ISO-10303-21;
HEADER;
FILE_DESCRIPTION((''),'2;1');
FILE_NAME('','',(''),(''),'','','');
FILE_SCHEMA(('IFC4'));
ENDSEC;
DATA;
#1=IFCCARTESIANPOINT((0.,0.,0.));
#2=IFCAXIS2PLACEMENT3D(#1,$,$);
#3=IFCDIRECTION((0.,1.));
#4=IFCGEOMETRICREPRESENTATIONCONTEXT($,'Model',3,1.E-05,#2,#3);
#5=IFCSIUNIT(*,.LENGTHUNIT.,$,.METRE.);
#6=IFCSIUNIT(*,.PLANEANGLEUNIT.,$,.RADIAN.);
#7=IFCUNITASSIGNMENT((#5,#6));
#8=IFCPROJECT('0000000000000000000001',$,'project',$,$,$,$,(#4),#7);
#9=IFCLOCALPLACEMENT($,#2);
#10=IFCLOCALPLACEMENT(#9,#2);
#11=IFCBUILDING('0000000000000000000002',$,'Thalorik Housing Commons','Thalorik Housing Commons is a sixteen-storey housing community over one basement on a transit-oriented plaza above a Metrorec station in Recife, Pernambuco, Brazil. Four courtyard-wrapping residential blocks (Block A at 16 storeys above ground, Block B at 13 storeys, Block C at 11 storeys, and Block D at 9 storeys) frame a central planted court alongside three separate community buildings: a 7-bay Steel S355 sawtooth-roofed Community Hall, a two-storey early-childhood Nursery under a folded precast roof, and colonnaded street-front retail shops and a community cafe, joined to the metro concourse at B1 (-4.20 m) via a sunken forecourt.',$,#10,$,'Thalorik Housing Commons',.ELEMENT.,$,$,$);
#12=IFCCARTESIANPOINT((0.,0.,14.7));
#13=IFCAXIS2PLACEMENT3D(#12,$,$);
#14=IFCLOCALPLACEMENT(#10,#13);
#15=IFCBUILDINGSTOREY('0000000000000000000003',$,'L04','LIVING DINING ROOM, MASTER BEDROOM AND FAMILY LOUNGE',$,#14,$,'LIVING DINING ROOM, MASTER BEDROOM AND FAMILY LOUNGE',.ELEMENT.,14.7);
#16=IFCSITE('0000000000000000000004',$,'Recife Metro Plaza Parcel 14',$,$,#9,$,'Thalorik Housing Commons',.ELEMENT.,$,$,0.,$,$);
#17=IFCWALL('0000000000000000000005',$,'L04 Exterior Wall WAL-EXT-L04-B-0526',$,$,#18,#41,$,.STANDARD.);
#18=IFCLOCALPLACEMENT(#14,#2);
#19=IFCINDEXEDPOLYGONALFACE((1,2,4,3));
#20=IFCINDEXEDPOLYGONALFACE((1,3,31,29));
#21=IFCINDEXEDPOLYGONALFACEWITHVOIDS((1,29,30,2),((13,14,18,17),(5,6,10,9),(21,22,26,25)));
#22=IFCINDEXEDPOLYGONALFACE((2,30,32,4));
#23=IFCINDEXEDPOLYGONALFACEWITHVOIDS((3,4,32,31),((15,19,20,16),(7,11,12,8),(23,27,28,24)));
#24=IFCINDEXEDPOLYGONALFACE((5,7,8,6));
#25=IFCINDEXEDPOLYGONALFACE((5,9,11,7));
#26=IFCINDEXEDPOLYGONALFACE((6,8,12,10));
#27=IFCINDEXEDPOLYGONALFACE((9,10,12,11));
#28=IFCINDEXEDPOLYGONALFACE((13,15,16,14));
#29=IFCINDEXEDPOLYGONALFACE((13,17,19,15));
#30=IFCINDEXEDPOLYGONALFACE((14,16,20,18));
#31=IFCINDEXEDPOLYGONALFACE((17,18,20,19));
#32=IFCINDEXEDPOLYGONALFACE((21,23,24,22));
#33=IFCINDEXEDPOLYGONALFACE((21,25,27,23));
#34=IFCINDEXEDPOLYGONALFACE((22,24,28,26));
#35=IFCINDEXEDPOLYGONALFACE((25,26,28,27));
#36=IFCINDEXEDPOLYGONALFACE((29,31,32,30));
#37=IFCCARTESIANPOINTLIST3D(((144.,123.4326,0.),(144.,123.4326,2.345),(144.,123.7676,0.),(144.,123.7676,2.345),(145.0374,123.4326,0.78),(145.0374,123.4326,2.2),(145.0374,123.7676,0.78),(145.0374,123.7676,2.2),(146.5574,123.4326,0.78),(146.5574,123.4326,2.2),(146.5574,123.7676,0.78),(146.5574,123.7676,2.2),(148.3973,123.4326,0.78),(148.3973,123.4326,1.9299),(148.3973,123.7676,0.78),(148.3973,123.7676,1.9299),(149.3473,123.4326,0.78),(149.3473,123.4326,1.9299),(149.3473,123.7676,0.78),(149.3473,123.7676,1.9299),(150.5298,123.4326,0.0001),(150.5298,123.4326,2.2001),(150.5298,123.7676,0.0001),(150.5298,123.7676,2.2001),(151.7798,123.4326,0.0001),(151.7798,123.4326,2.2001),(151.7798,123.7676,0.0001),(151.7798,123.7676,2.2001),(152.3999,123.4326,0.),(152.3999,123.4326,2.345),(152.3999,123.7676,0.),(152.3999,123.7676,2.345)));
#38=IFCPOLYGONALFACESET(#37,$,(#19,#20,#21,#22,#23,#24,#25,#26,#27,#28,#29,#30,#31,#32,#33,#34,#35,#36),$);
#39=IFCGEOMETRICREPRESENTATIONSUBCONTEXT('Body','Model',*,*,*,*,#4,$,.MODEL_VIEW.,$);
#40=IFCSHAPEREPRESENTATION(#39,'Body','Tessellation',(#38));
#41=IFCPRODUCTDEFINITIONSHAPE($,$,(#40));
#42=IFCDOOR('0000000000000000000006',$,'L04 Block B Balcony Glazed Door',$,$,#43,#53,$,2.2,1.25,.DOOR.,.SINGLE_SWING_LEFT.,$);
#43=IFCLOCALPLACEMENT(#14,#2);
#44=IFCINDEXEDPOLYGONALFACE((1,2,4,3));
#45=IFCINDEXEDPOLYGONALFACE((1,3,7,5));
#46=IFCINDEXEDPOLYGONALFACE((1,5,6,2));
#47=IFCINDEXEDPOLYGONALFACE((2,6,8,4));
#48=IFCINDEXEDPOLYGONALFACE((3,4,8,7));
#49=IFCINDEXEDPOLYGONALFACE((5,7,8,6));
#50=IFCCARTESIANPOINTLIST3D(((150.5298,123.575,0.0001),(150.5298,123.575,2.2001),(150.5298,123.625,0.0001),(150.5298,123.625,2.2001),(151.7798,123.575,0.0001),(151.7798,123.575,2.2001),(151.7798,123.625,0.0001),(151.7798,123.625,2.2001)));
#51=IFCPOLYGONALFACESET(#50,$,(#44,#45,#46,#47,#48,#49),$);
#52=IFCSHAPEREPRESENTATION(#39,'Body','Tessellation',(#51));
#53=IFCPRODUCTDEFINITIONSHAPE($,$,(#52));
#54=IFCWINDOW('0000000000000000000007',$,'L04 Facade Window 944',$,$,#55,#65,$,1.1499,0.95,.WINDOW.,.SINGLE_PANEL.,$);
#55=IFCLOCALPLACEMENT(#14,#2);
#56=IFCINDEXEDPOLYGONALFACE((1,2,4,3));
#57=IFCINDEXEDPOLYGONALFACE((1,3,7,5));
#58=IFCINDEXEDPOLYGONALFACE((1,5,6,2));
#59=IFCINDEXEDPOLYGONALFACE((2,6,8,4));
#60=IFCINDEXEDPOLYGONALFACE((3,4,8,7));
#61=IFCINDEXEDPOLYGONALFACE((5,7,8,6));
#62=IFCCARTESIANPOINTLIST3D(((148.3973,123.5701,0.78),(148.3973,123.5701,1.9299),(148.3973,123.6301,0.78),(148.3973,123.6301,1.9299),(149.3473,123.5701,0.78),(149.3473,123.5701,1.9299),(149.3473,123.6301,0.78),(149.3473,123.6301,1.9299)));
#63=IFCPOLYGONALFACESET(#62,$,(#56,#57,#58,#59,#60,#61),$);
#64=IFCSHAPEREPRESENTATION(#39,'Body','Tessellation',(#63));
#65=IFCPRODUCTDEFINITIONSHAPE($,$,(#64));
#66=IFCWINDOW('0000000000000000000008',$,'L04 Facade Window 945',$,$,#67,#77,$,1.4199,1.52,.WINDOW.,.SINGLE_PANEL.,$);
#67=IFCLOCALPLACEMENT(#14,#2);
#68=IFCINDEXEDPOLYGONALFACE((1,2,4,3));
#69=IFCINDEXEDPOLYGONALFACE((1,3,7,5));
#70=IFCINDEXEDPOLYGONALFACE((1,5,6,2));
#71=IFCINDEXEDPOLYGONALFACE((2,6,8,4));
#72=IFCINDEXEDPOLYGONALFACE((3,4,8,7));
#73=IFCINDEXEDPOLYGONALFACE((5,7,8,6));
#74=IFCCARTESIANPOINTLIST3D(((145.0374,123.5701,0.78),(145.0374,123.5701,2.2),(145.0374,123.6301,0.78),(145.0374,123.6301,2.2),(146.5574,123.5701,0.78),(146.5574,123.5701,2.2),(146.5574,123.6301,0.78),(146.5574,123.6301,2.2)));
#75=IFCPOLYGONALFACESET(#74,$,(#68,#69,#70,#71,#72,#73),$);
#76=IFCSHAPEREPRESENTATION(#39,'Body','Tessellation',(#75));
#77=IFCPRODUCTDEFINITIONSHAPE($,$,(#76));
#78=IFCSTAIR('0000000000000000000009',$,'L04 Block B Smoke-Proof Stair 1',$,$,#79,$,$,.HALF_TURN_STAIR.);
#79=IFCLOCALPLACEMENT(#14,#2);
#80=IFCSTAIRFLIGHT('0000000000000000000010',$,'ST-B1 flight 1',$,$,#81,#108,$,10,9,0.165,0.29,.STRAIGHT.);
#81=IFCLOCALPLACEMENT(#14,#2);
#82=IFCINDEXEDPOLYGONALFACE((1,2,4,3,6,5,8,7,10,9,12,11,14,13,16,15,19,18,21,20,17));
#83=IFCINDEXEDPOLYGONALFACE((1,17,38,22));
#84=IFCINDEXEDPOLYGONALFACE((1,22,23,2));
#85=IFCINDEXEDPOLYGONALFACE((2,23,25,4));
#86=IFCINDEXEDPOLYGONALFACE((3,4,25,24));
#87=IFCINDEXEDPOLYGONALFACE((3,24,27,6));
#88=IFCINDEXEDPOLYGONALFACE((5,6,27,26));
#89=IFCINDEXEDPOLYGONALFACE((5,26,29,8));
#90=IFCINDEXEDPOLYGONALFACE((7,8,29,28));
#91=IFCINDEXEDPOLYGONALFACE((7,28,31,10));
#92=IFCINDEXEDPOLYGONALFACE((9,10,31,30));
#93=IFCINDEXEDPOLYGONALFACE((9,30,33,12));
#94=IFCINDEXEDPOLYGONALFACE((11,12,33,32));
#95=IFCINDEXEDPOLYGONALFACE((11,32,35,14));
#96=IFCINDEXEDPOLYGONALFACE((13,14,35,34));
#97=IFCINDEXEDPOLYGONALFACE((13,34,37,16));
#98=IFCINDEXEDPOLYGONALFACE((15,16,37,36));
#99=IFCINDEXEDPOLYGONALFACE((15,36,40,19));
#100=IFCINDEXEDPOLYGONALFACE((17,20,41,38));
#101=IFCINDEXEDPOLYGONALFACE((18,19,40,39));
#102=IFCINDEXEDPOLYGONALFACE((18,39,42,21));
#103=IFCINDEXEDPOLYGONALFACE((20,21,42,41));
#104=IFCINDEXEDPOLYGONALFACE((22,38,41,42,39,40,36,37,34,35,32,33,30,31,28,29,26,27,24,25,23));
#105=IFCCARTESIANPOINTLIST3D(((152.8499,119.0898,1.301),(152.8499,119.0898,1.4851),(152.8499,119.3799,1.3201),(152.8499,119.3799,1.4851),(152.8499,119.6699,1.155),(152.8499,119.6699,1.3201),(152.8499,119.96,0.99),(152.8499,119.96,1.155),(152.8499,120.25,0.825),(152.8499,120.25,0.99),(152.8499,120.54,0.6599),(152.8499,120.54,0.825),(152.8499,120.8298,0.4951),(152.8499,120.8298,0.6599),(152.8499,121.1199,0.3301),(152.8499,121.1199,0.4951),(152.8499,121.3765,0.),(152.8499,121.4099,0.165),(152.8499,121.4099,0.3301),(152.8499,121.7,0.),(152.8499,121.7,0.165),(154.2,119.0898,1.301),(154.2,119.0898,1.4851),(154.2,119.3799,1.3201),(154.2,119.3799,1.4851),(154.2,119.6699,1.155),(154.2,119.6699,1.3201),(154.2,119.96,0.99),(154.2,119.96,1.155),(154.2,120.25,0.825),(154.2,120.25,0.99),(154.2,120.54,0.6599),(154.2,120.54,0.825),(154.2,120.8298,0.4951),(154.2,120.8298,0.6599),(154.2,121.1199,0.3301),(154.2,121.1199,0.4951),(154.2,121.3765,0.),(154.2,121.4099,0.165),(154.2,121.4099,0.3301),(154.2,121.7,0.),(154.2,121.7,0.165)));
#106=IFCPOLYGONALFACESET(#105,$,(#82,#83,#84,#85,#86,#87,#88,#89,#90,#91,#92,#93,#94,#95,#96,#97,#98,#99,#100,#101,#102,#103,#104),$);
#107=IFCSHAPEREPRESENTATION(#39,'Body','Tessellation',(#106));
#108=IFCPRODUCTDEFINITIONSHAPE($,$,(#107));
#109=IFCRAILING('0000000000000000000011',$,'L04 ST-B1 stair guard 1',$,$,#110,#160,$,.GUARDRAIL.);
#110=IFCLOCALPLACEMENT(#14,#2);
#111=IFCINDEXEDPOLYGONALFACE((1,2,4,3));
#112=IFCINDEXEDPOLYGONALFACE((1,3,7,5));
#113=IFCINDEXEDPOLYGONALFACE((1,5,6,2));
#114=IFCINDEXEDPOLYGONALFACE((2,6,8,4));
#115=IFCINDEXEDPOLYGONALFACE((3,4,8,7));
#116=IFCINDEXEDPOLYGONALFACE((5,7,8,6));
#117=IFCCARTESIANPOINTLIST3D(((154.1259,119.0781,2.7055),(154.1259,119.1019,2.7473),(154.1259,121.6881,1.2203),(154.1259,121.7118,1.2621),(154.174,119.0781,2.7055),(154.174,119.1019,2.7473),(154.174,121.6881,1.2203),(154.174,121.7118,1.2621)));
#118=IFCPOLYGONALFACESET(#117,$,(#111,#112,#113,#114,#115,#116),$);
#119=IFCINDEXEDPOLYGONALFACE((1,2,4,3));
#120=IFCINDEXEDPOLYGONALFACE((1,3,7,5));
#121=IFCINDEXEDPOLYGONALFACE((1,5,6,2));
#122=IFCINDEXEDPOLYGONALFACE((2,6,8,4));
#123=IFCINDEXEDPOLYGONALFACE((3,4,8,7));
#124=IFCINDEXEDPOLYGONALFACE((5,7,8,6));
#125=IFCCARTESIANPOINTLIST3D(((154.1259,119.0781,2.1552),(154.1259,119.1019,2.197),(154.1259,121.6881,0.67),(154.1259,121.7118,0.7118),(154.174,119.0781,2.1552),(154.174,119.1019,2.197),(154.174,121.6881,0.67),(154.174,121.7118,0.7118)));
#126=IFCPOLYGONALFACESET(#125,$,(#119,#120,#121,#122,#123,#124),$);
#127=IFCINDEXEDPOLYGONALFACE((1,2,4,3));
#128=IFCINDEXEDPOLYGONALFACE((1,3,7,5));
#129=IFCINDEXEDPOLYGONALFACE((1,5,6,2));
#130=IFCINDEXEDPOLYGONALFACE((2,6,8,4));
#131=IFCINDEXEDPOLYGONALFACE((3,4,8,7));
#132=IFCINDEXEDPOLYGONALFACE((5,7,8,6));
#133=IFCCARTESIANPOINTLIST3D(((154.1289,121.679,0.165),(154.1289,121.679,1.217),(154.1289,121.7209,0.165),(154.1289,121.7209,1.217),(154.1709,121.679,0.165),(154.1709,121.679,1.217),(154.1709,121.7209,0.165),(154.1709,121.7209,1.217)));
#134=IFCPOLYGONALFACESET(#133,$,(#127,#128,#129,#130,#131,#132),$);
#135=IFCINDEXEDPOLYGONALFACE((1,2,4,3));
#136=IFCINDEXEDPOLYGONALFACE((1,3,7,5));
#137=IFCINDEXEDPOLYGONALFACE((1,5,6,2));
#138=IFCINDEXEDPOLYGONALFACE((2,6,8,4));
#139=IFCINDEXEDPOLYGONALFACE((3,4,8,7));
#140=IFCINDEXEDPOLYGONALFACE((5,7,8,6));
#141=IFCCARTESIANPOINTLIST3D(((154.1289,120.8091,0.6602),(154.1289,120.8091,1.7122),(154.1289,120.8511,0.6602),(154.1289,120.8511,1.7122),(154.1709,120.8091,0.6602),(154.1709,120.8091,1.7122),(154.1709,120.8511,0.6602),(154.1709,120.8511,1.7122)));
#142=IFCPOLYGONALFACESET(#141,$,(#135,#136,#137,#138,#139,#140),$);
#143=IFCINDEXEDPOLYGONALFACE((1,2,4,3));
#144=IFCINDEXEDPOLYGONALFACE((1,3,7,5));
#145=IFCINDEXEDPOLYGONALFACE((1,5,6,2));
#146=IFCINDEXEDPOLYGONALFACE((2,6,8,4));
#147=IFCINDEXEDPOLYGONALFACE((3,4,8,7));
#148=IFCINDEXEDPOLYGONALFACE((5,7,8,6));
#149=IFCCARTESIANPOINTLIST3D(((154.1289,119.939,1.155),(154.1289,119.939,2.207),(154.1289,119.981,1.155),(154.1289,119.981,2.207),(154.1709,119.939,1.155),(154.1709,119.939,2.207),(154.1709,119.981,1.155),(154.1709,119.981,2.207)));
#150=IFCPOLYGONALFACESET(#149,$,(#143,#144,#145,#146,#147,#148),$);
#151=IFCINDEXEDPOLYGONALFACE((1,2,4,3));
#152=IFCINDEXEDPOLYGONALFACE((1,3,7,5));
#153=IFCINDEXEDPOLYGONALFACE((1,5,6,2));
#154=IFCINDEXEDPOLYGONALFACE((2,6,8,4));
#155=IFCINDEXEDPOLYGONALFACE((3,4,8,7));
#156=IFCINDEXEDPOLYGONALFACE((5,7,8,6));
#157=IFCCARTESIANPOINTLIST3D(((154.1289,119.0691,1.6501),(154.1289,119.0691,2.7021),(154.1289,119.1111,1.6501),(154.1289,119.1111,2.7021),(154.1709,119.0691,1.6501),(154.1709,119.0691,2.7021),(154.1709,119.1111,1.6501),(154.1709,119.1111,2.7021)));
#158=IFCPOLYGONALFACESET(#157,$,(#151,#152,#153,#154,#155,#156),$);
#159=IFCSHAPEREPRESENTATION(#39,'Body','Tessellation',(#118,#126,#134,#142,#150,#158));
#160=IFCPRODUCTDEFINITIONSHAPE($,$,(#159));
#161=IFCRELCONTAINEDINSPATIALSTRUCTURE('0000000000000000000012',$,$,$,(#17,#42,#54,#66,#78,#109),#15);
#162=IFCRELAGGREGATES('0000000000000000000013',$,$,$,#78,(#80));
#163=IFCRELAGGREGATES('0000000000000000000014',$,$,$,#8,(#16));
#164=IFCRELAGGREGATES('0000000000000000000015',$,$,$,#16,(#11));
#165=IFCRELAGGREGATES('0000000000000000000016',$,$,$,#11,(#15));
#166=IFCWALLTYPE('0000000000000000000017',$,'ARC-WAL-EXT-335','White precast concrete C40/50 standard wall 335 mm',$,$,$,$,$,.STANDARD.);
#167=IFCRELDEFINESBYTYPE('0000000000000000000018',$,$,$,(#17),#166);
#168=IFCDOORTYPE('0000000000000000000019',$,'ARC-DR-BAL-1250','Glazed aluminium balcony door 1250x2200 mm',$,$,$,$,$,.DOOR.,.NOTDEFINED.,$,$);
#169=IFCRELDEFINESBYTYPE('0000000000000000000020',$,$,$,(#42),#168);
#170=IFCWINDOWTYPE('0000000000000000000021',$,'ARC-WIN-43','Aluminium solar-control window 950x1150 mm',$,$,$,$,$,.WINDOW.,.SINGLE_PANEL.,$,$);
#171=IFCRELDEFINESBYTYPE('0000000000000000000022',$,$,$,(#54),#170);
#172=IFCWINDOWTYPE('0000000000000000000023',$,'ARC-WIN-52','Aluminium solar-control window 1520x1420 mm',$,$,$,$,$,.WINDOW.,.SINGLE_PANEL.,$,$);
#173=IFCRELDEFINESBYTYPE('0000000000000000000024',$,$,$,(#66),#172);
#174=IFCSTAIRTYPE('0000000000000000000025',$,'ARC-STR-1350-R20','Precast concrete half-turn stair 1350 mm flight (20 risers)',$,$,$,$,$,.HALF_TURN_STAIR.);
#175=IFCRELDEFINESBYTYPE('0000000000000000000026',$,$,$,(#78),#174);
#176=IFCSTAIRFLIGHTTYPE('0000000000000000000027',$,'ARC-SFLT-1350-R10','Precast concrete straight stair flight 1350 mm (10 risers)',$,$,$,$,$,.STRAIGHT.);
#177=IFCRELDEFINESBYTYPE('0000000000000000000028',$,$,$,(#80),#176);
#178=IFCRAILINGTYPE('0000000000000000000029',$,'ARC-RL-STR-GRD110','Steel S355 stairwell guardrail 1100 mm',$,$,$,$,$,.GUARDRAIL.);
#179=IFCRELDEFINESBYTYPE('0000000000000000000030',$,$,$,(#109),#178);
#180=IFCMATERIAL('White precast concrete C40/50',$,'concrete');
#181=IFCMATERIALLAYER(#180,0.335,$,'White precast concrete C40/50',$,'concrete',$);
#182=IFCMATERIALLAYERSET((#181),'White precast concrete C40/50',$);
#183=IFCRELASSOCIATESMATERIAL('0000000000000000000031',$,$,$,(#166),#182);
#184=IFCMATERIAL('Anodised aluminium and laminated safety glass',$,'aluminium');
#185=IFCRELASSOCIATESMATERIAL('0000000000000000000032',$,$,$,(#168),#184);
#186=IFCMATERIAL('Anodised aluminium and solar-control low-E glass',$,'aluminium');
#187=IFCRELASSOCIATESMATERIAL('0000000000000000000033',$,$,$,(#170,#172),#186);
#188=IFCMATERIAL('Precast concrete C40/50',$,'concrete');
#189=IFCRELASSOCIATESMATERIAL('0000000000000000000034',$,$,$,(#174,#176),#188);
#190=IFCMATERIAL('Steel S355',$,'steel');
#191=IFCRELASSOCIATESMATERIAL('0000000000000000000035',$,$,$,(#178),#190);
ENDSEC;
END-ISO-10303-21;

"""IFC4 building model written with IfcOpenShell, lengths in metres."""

from ifc_helpers import new_model, si_unit, direction, frame, frame_2d, origin, origin_2d, place, context, subcontext, project, spatial, polyline, rectangle, outline, extrude, material, layer, layer_set, type_object, element, fill, aggregate, save


model = new_model("IFC4")

# Units and contexts
model_context = context("Model", 3, precision=1e-05, world=origin(), true_north=direction((0.0, 1.0)))
body_context = subcontext(model_context, "Body", "Model", "MODEL_VIEW")
ifc_project = project(units=[si_unit("LENGTHUNIT", "METRE"), si_unit("PLANEANGLEUNIT", "RADIAN")], contexts=[model_context])

# Site, building, storey
site_placement = place(None, origin())
site = spatial("IfcSite", under=ifc_project, at=site_placement, Name="Recife Metro Plaza Parcel 14", LongName="Thalorik Housing Commons", CompositionType="ELEMENT", RefElevation=0.0)
building_placement = place(site_placement, origin())
building = spatial("IfcBuilding", under=site, at=building_placement, Name="Thalorik Housing Commons", Description="Thalorik Housing Commons is a sixteen-storey housing community over one basement on a transit-oriented plaza above a Metrorec station in Recife, Pernambuco, Brazil. Four courtyard-wrapping residential blocks (Block A at 16 storeys above ground, Block B at 13 storeys, Block C at 11 storeys, and Block D at 9 storeys) frame a central planted court alongside three separate community buildings: a 7-bay Steel S355 sawtooth-roofed Community Hall, a two-storey early-childhood Nursery under a folded precast roof, and colonnaded street-front retail shops and a community cafe, joined to the metro concourse at B1 (-4.20 m) via a sunken forecourt.", LongName="Thalorik Housing Commons", CompositionType="ELEMENT")
storey_placement = place(building_placement, frame((0.0, 0.0, 14.7)))
storey = spatial("IfcBuildingStorey", under=building, at=storey_placement, Name="L04", Description="LIVING DINING ROOM, MASTER BEDROOM AND FAMILY LOUNGE", LongName="LIVING DINING ROOM, MASTER BEDROOM AND FAMILY LOUNGE", CompositionType="ELEMENT", Elevation=14.7)

# Shared definitions
ifc_material_1 = material(Name="Precast concrete C40/50", Category="concrete")

# Shared definitions
ifc_material_2 = material(Name="Anodised aluminium and solar-control low-E glass", Category="aluminium")

# Shared definitions
ifc_material_3 = material(Name="Steel S355", Category="steel")

# Shared definitions
ifc_material_4 = material(Name="White precast concrete C40/50", Category="concrete")
ifc_layer_1 = layer(ifc_material_4, 0.335, Name="White precast concrete C40/50", Category="concrete")
ifc_layer_set_1 = layer_set([ifc_layer_1], Name="White precast concrete C40/50")
wall_type_1 = type_object("IfcWallType", Name="ARC-WAL-EXT-335", Description="White precast concrete C40/50 standard wall 335 mm", PredefinedType="STANDARD", material=ifc_layer_set_1)

# Wall, openings, door, windows
wall_1_placement = place(storey_placement, frame((152.3999, 123.6001, 0.0), z_axis=(0.0, 0.0, 1.0), x_axis=(-1.0, 0.0, 0.0)))
wall_1 = element("IfcWall", 1, at=wall_1_placement, inside=storey, type_object=wall_type_1, Name="L04 Exterior Wall WAL-EXT-L04-B-0526", PredefinedType="STANDARD", context=body_context, shape_type="SweptSolid", body=[
    extrude(rectangle(XDim=8.3999, YDim=0.335, at=frame_2d((4.2, 0.0))), origin(), (0.0, 0.0, 1.0), 2.345),
])
opening_1_placement = place(wall_1_placement, frame((0.6201, 0.0, 0.0)))
opening_1 = element("IfcOpeningElement", 2, at=opening_1_placement, cuts=wall_1, PredefinedType="OPENING", context=body_context, shape_type="SweptSolid", body=[
    extrude(rectangle(XDim=1.25, YDim=2.2, at=frame_2d((0.625, 1.1001))), frame((0.0, 0.1775, 0.0), z_axis=(0.0, -1.0, 0.0), x_axis=(1.0, 0.0, 0.0)), (0.0, 0.0, 1.0), 0.355),
])
opening_2_placement = place(wall_1_placement, frame((3.0525, 0.0, 0.78)))
opening_2 = element("IfcOpeningElement", 3, at=opening_2_placement, cuts=wall_1, PredefinedType="OPENING", context=body_context, shape_type="SweptSolid", body=[
    extrude(rectangle(XDim=0.95, YDim=1.1499, at=frame_2d((0.4751, 0.575))), frame((0.0, 0.1775, 0.0), z_axis=(0.0, -1.0, 0.0), x_axis=(1.0, 0.0, 0.0)), (0.0, 0.0, 1.0), 0.355),
])
opening_3_placement = place(wall_1_placement, frame((5.8425, 0.0, 0.78)))
opening_3 = element("IfcOpeningElement", 4, at=opening_3_placement, cuts=wall_1, PredefinedType="OPENING", context=body_context, shape_type="SweptSolid", body=[
    extrude(rectangle(XDim=1.52, YDim=1.4199, at=frame_2d((0.76, 0.71))), frame((0.0, 0.1775, 0.0), z_axis=(0.0, -1.0, 0.0), x_axis=(1.0, 0.0, 0.0)), (0.0, 0.0, 1.0), 0.355),
])
ifc_material_5 = material(Name="Anodised aluminium and laminated safety glass", Category="aluminium")
door_type_1 = type_object("IfcDoorType", Name="ARC-DR-BAL-1250", Description="Glazed aluminium balcony door 1250x2200 mm", OperationType="NOTDEFINED", PredefinedType="DOOR", material=ifc_material_5)
door_1_placement = place(opening_1_placement, frame((1.25, 0.0, 0.0), z_axis=(0.0, 0.0, 1.0), x_axis=(-1.0, 0.0, 0.0)))
door_1 = element("IfcDoor", 5, at=door_1_placement, inside=storey, type_object=door_type_1, Name="L04 Block B Balcony Glazed Door", OperationType="SINGLE_SWING_LEFT", OverallHeight=2.2, OverallWidth=1.25, PredefinedType="DOOR", context=body_context, shape_type="SweptSolid", body=[
    extrude(rectangle(XDim=1.25, YDim=2.2, at=frame_2d((0.625, 1.1001))), frame((0.0, 0.0249, 0.0), z_axis=(0.0, -1.0, 0.0), x_axis=(1.0, 0.0, 0.0)), (0.0, 0.0, 1.0), 0.05),
])
fill(opening_1, door_1)
window_type_1 = type_object("IfcWindowType", Name="ARC-WIN-43", Description="Aluminium solar-control window 950x1150 mm", PartitioningType="SINGLE_PANEL", PredefinedType="WINDOW", material=ifc_material_2)
window_1_placement = place(opening_2_placement, origin())
window_1 = element("IfcWindow", 6, at=window_1_placement, inside=storey, type_object=window_type_1, Name="L04 Facade Window 944", OverallHeight=1.1499, OverallWidth=0.95, PartitioningType="SINGLE_PANEL", PredefinedType="WINDOW", context=body_context, shape_type="SweptSolid", body=[
    extrude(rectangle(XDim=0.95, YDim=1.1499, at=frame_2d((0.4751, 0.575))), frame((0.0, 0.03, 0.0), z_axis=(0.0, -1.0, 0.0), x_axis=(1.0, 0.0, 0.0)), (0.0, 0.0, 1.0), 0.0601),
])
fill(opening_2, window_1)
window_type_2 = type_object("IfcWindowType", Name="ARC-WIN-52", Description="Aluminium solar-control window 1520x1420 mm", PartitioningType="SINGLE_PANEL", PredefinedType="WINDOW", material=ifc_material_2)
window_2_placement = place(opening_3_placement, origin())
window_2 = element("IfcWindow", 7, at=window_2_placement, inside=storey, type_object=window_type_2, Name="L04 Facade Window 945", OverallHeight=1.4199, OverallWidth=1.52, PartitioningType="SINGLE_PANEL", PredefinedType="WINDOW", context=body_context, shape_type="SweptSolid", body=[
    extrude(rectangle(XDim=1.52, YDim=1.4199, at=frame_2d((0.76, 0.71))), frame((0.0, 0.03, 0.0), z_axis=(0.0, -1.0, 0.0), x_axis=(1.0, 0.0, 0.0)), (0.0, 0.0, 1.0), 0.0601),
])
fill(opening_3, window_2)

# Stair, stair flight
stair_type = type_object("IfcStairType", Name="ARC-STR-1350-R20", Description="Precast concrete half-turn stair 1350 mm flight (20 risers)", PredefinedType="HALF_TURN_STAIR", material=ifc_material_1)
stair_placement = place(storey_placement, origin())
stair = element("IfcStair", 8, at=stair_placement, inside=storey, type_object=stair_type, Name="L04 Block B Smoke-Proof Stair 1", PredefinedType="HALF_TURN_STAIR")
stair_flight_type = type_object("IfcStairFlightType", Name="ARC-SFLT-1350-R10", Description="Precast concrete straight stair flight 1350 mm (10 risers)", PredefinedType="STRAIGHT", material=ifc_material_1)
stair_flight_placement = place(storey_placement, frame((153.5249, 121.7, 0.0), z_axis=(0.0, 0.0, 1.0), x_axis=(0.0, -1.0, 0.0)))
stair_flight = element("IfcStairFlight", 9, at=stair_flight_placement, type_object=stair_flight_type, Name="ST-B1 flight 1", NumberOfRisers=10, NumberOfTreads=9, PredefinedType="STRAIGHT", RiserHeight=0.165, TreadLength=0.29, context=body_context, shape_type="SweptSolid", body=[
    extrude(outline(polyline([(0.0, 0.0), (0.0, 0.165), (0.29, 0.165), (0.29, 0.3301), (0.5801, 0.3301), (0.5801, 0.4951), (0.8701, 0.4951), (0.8701, 0.6599), (1.1599, 0.6599), (1.1599, 0.825), (1.45, 0.825), (1.45, 0.99), (1.74, 0.99), (1.74, 1.155), (2.03, 1.155), (2.03, 1.3201), (2.3201, 1.3201), (2.3201, 1.4851), (2.6101, 1.4851), (2.6101, 1.6499), (2.6101, 1.301), (0.3235, 0.0), (0.0, 0.0)])), frame((0.0, 0.675, 0.0), z_axis=(0.0, -1.0, 0.0), x_axis=(1.0, 0.0, 0.0)), (0.0, 0.0, 1.0), 1.3501),
])
aggregate(stair, [stair_flight])

# Railing
railing_type_1 = type_object("IfcRailingType", Name="ARC-RL-STR-GRD110", Description="Steel S355 stairwell guardrail 1100 mm", PredefinedType="GUARDRAIL", material=ifc_material_3)
railing_1_placement = place(storey_placement, frame((154.1499, 121.7, 0.165)))
element("IfcRailing", 10, at=railing_1_placement, inside=storey, type_object=railing_type_1, Name="L04 ST-B1 stair guard 1", PredefinedType="GUARDRAIL", context=body_context, shape_type="SweptSolid", body=[
    extrude(rectangle(XDim=0.0481, YDim=0.0481, at=origin_2d()), frame((0.0, 0.0, 1.0762), z_axis=(0.0, -0.869137, 0.494571), x_axis=(1.0, 0.0, 0.0)), (0.0, 0.0, 1.0), 3.0029),
    extrude(rectangle(XDim=0.0481, YDim=0.0481, at=origin_2d()), frame((0.0, 0.0, 0.5259), z_axis=(0.0, -0.869137, 0.494571), x_axis=(1.0, 0.0, 0.0)), (0.0, 0.0, 1.0), 3.0029),
    extrude(rectangle(XDim=0.042, YDim=0.042, at=origin_2d()), origin(), (0.0, 0.0, 1.0), 1.052),
    extrude(rectangle(XDim=0.042, YDim=0.042, at=origin_2d()), frame((0.0, -0.8699, 0.4951)), (0.0, 0.0, 1.0), 1.052),
    extrude(rectangle(XDim=0.042, YDim=0.042, at=origin_2d()), frame((0.0, -1.74, 0.99)), (0.0, 0.0, 1.0), 1.052),
    extrude(rectangle(XDim=0.042, YDim=0.042, at=origin_2d()), frame((0.0, -2.6099, 1.4851)), (0.0, 0.0, 1.0), 1.052),
])

save(model, "model.ifc")
